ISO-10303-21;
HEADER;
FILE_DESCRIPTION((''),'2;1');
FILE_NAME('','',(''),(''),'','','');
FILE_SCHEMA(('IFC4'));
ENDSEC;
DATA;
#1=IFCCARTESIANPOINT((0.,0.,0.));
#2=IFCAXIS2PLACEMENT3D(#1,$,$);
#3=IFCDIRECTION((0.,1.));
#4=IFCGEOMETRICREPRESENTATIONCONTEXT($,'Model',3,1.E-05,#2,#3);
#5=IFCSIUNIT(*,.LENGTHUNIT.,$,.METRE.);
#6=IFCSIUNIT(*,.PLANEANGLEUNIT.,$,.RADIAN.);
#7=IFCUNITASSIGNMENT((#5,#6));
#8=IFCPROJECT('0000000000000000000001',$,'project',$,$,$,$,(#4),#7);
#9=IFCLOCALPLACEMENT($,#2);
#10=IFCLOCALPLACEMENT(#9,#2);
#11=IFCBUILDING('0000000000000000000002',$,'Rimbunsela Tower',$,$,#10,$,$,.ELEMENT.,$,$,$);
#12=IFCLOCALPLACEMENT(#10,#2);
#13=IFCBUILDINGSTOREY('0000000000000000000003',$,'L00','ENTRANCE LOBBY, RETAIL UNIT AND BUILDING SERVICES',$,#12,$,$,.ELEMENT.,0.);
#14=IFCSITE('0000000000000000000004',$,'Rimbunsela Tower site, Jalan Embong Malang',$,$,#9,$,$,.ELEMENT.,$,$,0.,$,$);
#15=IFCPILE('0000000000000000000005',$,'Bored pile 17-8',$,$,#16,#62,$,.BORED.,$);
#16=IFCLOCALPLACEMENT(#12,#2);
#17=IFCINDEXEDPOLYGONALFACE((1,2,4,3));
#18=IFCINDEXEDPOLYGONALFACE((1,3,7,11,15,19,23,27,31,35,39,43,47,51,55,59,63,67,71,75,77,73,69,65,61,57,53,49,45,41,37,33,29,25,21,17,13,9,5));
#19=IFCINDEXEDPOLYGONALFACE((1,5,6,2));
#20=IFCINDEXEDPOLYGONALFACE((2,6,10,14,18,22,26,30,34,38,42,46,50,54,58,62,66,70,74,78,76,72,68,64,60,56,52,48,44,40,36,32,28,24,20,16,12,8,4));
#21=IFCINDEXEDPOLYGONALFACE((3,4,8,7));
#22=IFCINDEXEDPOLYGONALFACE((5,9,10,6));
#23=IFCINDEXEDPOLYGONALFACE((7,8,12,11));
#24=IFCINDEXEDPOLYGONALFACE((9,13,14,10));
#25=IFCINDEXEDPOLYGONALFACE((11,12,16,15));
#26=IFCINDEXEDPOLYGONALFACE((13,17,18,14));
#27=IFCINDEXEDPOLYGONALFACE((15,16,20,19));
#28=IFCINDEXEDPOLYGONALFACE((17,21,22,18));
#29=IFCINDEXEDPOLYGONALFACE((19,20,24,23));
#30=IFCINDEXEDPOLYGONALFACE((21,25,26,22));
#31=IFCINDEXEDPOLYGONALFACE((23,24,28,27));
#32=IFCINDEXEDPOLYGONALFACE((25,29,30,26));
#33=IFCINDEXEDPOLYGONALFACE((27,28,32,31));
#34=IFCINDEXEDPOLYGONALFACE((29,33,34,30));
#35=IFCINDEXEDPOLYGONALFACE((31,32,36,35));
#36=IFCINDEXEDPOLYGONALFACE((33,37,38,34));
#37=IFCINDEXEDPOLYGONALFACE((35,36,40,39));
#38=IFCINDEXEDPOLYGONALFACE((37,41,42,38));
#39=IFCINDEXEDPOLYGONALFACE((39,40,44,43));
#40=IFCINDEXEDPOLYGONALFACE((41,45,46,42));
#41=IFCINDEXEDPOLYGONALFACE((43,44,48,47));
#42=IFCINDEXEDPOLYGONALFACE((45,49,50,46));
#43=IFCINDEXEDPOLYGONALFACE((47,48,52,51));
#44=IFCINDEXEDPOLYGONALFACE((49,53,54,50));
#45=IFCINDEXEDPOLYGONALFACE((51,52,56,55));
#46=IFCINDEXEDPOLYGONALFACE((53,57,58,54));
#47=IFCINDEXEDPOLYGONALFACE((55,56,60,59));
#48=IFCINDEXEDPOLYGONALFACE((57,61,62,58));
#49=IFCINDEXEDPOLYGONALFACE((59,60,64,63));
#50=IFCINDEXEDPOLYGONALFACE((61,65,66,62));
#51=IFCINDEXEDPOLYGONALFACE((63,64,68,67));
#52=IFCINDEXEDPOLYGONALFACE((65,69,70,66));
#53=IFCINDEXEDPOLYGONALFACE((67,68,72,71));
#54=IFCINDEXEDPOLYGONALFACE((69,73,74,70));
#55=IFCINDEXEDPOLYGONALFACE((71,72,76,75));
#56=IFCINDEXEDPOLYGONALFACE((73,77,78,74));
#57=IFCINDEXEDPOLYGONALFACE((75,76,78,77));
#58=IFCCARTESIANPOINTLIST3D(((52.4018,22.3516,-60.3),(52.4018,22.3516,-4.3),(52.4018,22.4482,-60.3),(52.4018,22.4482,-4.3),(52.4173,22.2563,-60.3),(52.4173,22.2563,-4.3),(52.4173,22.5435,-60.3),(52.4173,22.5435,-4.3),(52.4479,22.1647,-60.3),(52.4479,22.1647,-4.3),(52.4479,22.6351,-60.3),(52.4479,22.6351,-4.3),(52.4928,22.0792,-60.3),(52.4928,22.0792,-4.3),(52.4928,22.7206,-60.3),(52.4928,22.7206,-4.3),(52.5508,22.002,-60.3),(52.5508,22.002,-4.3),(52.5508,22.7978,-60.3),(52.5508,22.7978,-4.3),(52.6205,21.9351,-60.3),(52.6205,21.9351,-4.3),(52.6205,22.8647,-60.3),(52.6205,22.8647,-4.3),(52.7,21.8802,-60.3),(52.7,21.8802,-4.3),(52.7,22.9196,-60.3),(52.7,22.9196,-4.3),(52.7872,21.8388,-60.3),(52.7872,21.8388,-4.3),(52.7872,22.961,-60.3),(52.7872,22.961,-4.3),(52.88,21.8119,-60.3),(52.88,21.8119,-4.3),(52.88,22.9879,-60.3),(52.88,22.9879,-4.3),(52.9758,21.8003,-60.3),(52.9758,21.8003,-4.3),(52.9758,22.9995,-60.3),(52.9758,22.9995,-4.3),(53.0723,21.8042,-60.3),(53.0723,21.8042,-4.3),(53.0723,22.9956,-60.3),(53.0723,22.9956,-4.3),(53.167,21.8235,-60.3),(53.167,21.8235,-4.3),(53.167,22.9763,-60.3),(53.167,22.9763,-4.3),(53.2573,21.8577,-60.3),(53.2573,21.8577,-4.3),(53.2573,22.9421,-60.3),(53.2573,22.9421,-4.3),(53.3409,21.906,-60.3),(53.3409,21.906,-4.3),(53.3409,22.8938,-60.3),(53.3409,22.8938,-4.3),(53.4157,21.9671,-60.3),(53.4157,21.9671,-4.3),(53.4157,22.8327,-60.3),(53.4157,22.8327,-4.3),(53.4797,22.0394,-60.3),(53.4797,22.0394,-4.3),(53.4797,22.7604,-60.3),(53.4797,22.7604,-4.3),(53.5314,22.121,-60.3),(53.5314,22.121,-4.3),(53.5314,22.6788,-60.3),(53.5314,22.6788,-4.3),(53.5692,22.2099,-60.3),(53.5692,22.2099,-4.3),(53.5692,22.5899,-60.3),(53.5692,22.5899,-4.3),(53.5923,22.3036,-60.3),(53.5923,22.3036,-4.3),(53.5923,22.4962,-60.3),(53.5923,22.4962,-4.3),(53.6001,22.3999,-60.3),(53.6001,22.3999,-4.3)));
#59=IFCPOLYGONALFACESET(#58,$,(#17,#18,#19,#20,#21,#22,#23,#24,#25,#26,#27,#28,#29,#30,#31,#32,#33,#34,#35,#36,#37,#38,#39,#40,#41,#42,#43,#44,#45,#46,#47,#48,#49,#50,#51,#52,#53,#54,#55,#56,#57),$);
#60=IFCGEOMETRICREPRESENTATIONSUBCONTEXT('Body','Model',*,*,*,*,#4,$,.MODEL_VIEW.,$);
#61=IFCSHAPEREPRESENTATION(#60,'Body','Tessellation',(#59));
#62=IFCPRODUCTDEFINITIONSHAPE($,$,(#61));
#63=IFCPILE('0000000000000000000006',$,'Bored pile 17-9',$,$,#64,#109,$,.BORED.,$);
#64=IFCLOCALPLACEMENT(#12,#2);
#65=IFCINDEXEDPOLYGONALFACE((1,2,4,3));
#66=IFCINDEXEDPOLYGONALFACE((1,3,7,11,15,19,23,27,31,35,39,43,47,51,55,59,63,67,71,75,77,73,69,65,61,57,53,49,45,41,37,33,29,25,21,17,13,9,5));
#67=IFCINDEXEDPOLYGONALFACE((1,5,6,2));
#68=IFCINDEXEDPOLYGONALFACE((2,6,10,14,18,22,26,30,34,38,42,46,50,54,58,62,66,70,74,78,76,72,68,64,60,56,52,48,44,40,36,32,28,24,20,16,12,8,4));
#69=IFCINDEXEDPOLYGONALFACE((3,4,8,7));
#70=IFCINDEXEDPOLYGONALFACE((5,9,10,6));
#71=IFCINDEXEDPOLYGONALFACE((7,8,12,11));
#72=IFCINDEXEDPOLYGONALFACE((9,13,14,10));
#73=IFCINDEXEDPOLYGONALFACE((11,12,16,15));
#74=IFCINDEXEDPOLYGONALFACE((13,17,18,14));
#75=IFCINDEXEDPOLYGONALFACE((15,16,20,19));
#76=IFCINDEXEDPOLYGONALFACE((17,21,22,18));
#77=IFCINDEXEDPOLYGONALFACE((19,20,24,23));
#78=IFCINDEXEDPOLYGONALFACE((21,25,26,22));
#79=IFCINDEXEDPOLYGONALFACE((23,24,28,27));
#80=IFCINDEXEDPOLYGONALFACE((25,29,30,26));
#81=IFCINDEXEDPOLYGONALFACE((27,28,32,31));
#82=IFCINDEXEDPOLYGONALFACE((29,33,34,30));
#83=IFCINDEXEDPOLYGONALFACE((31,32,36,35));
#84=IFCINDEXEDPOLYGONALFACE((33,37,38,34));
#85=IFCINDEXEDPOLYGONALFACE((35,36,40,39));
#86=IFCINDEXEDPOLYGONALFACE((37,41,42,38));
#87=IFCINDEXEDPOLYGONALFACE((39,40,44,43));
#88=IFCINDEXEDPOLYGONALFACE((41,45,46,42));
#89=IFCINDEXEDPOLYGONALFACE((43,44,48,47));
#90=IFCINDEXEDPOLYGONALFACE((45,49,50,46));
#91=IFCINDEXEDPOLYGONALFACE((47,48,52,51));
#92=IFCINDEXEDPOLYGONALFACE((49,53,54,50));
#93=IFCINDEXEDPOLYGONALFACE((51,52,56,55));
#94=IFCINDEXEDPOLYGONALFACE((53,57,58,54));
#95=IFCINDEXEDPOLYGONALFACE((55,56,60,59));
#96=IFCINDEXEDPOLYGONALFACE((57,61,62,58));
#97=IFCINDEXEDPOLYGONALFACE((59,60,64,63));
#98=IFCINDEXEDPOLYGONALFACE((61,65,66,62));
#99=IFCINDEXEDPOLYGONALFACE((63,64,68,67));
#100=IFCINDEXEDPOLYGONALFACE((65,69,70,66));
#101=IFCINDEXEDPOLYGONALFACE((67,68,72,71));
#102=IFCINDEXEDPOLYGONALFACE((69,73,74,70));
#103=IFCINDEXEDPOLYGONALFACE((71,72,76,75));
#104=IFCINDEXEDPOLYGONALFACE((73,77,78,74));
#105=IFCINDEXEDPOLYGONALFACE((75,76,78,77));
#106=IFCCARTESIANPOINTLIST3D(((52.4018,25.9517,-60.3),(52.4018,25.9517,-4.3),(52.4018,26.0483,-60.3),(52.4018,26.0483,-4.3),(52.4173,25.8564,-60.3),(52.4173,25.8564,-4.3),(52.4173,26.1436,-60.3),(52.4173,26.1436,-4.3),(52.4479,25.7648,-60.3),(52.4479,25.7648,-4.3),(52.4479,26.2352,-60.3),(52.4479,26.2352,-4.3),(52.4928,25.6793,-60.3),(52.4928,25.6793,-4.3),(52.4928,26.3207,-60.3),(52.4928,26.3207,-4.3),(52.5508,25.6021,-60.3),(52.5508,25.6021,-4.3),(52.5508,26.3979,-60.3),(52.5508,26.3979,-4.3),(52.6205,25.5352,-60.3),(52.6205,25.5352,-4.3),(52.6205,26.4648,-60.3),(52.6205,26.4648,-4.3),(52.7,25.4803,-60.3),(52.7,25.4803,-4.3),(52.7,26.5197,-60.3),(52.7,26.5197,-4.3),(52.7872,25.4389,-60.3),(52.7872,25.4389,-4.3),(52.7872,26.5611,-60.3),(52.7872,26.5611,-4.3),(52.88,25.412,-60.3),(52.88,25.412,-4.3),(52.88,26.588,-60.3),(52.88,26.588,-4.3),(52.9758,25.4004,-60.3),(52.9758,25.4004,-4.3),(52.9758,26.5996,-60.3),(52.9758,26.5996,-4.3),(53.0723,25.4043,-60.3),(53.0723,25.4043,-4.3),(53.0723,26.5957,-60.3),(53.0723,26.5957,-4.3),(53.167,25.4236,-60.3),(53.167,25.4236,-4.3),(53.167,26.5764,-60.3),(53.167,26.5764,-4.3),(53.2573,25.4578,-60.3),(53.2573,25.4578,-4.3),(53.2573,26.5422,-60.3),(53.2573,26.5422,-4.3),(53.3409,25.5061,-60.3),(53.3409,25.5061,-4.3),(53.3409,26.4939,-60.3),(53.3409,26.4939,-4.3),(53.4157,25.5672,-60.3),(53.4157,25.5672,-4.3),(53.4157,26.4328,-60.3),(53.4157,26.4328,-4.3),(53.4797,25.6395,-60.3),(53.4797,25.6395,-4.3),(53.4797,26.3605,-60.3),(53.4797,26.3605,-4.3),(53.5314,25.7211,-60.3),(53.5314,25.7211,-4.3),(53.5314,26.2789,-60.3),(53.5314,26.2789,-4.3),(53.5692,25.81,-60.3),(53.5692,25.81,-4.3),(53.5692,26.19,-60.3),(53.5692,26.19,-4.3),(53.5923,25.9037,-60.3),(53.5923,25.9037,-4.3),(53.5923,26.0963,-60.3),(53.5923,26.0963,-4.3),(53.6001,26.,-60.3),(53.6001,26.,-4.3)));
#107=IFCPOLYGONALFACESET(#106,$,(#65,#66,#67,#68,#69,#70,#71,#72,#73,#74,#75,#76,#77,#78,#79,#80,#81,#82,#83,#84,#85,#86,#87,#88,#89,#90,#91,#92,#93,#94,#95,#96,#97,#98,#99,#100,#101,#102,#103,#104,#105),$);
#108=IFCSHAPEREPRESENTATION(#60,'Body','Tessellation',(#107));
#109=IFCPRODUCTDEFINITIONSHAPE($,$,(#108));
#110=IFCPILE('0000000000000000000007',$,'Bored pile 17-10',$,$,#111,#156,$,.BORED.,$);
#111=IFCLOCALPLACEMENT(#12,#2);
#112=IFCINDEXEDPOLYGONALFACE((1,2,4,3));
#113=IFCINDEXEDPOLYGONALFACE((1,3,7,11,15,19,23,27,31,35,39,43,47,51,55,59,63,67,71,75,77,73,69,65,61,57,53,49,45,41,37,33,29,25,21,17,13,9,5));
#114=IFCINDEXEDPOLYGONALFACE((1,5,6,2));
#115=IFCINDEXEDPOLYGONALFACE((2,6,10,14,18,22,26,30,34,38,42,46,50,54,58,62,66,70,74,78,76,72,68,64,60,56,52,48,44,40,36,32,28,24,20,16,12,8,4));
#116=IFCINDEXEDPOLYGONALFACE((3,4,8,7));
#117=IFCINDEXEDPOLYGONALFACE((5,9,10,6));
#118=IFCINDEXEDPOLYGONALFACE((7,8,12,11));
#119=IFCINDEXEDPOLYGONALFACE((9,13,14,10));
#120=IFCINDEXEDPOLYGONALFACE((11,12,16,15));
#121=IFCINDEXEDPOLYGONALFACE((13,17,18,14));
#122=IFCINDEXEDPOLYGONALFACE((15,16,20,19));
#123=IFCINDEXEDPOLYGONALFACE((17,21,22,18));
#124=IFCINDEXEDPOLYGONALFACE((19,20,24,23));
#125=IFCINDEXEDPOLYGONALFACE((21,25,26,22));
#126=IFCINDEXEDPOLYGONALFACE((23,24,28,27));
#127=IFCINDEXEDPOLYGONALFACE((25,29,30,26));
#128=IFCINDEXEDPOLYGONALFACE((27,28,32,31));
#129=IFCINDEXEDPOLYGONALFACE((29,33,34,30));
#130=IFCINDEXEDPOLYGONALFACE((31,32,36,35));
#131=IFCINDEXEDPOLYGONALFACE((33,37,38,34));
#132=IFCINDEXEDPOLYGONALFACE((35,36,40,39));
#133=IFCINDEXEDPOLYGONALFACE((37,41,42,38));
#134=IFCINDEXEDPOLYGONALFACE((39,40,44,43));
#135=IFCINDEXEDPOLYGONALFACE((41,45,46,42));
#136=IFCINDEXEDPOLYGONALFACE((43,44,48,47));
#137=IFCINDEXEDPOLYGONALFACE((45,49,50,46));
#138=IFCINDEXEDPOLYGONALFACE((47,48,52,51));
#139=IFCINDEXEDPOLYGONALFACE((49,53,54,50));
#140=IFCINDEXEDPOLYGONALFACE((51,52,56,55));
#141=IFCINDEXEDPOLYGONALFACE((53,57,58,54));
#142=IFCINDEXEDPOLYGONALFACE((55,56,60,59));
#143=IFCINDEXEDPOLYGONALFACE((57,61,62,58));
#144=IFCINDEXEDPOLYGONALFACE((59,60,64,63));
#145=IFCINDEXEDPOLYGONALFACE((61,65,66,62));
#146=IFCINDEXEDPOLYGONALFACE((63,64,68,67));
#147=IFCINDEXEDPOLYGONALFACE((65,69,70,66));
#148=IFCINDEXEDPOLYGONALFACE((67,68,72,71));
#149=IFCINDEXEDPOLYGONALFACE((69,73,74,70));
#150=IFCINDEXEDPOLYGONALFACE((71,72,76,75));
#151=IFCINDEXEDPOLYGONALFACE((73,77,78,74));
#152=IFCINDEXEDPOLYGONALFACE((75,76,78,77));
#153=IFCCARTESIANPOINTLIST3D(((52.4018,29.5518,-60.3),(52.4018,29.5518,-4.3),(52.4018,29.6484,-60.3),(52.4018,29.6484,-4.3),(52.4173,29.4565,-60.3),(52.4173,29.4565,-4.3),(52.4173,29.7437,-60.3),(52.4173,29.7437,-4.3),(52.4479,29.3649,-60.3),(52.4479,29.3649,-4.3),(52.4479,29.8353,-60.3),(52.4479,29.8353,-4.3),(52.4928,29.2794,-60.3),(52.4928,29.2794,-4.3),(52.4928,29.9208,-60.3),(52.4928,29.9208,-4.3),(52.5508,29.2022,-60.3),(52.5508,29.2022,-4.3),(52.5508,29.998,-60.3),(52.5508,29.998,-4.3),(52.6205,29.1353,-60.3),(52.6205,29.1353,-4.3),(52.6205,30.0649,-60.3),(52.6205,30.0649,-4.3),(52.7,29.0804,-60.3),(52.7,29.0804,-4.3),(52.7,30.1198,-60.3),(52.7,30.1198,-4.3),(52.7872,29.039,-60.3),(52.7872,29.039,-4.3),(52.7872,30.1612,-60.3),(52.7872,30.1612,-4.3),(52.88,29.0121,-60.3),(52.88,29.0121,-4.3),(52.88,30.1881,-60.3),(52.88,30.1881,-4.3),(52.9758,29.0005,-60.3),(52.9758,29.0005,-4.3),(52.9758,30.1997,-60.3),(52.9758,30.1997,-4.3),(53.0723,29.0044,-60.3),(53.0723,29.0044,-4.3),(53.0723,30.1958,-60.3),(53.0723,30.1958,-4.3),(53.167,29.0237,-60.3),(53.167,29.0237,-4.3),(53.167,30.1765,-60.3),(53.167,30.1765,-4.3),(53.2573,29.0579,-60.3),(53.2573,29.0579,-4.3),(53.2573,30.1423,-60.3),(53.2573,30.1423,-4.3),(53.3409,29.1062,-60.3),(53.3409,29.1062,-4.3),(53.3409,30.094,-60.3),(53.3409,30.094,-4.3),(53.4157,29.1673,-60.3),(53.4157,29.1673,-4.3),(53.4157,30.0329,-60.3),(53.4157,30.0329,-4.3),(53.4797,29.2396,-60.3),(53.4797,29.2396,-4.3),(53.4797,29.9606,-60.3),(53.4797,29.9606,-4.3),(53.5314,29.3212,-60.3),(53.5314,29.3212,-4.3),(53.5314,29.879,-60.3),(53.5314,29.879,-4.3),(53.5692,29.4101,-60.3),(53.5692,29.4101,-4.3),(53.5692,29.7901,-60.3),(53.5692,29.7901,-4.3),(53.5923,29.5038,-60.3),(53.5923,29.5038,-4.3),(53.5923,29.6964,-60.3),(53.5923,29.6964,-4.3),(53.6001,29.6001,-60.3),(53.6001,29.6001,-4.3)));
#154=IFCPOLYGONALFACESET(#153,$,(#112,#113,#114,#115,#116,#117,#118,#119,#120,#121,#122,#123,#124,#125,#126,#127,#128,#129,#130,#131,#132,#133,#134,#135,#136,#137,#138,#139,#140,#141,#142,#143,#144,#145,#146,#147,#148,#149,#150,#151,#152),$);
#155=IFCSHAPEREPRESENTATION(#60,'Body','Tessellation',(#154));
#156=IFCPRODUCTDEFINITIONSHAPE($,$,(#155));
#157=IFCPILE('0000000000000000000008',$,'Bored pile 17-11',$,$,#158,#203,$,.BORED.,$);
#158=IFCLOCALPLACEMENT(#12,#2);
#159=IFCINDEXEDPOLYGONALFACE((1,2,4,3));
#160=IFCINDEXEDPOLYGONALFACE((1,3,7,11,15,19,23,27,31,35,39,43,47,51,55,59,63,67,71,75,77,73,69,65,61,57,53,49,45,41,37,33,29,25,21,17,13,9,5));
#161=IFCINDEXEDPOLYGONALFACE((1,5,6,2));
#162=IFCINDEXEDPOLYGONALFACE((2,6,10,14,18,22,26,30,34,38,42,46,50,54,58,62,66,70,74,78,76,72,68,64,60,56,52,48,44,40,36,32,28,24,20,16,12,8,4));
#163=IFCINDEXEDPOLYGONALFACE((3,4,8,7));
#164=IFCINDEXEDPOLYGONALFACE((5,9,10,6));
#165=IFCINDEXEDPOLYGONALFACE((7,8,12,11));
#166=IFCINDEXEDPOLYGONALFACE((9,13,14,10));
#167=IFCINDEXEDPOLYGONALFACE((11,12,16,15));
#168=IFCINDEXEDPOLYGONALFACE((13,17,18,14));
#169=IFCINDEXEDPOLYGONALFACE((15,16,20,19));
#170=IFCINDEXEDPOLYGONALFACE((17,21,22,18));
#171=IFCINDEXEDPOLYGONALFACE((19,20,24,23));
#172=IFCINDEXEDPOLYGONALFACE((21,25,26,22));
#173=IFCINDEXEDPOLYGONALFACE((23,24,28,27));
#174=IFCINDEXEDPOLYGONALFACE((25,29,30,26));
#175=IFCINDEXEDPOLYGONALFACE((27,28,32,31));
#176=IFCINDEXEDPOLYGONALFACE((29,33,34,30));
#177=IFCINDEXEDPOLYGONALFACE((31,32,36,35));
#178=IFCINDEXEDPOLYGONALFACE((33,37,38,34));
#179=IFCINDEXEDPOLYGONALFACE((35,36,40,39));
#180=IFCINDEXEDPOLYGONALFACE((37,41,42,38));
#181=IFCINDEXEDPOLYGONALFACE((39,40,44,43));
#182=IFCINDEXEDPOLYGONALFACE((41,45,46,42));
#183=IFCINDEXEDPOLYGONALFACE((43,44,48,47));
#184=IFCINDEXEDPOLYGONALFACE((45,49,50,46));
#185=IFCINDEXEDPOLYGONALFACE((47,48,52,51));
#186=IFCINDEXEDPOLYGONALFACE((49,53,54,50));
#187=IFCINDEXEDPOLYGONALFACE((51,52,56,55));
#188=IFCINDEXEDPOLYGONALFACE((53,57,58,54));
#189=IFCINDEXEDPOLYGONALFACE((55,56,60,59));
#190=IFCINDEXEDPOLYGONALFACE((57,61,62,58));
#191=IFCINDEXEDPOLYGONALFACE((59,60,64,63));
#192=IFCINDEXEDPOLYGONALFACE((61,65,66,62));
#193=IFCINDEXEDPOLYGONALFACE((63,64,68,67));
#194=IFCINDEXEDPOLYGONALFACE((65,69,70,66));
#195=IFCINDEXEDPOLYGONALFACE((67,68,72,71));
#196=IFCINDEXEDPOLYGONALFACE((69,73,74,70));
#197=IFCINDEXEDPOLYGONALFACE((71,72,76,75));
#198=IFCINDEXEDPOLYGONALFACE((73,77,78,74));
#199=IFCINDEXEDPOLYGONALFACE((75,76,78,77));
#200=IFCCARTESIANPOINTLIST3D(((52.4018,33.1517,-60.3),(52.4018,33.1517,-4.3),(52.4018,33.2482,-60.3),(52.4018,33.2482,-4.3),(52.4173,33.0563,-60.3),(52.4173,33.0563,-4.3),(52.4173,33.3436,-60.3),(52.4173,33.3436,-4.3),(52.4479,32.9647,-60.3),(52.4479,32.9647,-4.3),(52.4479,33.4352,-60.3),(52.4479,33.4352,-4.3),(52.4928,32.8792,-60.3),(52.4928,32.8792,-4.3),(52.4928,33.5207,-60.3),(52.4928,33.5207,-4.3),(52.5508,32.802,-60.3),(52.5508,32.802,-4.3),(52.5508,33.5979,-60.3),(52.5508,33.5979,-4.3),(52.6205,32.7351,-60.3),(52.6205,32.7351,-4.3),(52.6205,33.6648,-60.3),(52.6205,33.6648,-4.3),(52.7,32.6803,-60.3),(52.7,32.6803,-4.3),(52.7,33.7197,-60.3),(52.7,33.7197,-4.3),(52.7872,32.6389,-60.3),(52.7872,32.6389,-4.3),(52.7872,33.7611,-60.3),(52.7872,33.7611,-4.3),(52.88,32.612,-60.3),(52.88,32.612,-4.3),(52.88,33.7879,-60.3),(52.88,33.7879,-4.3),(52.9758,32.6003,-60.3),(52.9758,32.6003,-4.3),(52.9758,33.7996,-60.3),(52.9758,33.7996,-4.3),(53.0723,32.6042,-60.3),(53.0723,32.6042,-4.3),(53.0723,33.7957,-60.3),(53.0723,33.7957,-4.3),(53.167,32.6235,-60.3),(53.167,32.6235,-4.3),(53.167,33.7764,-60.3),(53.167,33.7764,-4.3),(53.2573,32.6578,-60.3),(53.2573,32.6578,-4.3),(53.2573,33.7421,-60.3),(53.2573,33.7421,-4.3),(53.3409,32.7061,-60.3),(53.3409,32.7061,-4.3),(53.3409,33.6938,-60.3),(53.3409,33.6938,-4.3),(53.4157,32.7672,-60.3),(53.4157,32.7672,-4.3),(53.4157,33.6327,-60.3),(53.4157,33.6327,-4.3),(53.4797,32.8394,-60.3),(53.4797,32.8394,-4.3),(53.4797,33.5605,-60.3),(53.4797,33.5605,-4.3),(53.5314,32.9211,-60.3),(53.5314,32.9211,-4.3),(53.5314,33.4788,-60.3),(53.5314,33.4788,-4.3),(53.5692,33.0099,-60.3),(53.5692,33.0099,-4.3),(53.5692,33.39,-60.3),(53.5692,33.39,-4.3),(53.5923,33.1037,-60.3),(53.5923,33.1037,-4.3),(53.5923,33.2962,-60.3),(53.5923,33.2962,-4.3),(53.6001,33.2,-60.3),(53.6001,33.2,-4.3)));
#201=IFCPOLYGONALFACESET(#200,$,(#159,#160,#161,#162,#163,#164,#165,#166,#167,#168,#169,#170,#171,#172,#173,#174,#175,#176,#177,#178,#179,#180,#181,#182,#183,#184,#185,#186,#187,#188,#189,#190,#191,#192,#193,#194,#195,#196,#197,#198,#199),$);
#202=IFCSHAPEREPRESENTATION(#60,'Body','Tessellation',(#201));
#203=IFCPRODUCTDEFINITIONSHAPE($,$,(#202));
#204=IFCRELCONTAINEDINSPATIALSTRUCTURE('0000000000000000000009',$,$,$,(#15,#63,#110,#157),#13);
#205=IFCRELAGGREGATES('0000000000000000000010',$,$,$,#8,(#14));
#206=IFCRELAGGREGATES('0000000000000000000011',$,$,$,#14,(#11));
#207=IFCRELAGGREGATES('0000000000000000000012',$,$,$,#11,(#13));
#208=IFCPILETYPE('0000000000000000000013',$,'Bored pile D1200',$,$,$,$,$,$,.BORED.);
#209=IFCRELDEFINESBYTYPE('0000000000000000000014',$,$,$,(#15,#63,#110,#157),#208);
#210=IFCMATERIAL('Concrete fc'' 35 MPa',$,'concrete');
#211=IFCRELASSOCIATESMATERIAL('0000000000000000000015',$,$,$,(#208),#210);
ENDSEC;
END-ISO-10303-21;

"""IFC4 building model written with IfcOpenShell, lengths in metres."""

from ifc_helpers import new_model, si_unit, direction, frame, origin, origin_2d, place, context, subcontext, project, spatial, circle, extrude, material, material_profile, profile_set, type_object, element, save


model = new_model("IFC4")

# Units and contexts
model_context = context("Model", 3, precision=1e-05, world=origin(), true_north=direction((0.0, 1.0)))
body_context = subcontext(model_context, "Body", "Model", "MODEL_VIEW")
ifc_project = project(units=[si_unit("LENGTHUNIT", "METRE"), si_unit("PLANEANGLEUNIT", "RADIAN")], contexts=[model_context])

# Site, building, storey
site_placement = place(None, origin())
site = spatial("IfcSite", under=ifc_project, at=site_placement, Name="Rimbunsela Tower site, Jalan Embong Malang", CompositionType="ELEMENT", RefElevation=0.0)
building_placement = place(site_placement, origin())
building = spatial("IfcBuilding", under=site, at=building_placement, Name="Rimbunsela Tower", CompositionType="ELEMENT")
storey_placement = place(building_placement, origin())
storey = spatial("IfcBuildingStorey", under=building, at=storey_placement, Name="L00", Description="ENTRANCE LOBBY, RETAIL UNIT AND BUILDING SERVICES", CompositionType="ELEMENT", Elevation=0.0)

# Piles
ifc_material_1 = material(Name="Concrete fc' 35 MPa", Category="concrete")
ifc_material_profile_1 = material_profile(ifc_material_1, circle(Radius=0.6001, at=origin_2d()), Name="BP D1200")
ifc_profile_set_1 = profile_set([ifc_material_profile_1], Name="Concrete fc' 35 MPa")
pile_type = type_object("IfcPileType", Name="Bored pile D1200", PredefinedType="BORED", material=ifc_profile_set_1)
for number, where, z_axis, x_axis, name in (
    (1, (53.0, 22.3999, -4.3), (0.0, 0.0, -1.0), (1.0, 0.0, 0.0), "Bored pile 17-8"),
    (2, (53.0, 26.0, -4.3), (0.0, 0.0, -1.0), (1.0, 0.0, 0.0), "Bored pile 17-9"),
    (3, (53.0, 29.6001, -4.3), (0.0, 0.0, -1.0), (1.0, 0.0, 0.0), "Bored pile 17-10"),
    (4, (53.0, 33.2, -4.3), (0.0, 0.0, -1.0), (1.0, 0.0, 0.0), "Bored pile 17-11"),
):
    element("IfcPile", number, at=place(storey_placement, frame(where, z_axis=z_axis, x_axis=x_axis)), inside=storey, type_object=pile_type, Name=name, PredefinedType="BORED", context=body_context, shape_type="SweptSolid", body=[
        extrude(circle(Radius=0.6001, at=origin_2d()), origin(), (0.0, 0.0, 1.0), 56.0),
    ])

save(model, "model.ifc")
